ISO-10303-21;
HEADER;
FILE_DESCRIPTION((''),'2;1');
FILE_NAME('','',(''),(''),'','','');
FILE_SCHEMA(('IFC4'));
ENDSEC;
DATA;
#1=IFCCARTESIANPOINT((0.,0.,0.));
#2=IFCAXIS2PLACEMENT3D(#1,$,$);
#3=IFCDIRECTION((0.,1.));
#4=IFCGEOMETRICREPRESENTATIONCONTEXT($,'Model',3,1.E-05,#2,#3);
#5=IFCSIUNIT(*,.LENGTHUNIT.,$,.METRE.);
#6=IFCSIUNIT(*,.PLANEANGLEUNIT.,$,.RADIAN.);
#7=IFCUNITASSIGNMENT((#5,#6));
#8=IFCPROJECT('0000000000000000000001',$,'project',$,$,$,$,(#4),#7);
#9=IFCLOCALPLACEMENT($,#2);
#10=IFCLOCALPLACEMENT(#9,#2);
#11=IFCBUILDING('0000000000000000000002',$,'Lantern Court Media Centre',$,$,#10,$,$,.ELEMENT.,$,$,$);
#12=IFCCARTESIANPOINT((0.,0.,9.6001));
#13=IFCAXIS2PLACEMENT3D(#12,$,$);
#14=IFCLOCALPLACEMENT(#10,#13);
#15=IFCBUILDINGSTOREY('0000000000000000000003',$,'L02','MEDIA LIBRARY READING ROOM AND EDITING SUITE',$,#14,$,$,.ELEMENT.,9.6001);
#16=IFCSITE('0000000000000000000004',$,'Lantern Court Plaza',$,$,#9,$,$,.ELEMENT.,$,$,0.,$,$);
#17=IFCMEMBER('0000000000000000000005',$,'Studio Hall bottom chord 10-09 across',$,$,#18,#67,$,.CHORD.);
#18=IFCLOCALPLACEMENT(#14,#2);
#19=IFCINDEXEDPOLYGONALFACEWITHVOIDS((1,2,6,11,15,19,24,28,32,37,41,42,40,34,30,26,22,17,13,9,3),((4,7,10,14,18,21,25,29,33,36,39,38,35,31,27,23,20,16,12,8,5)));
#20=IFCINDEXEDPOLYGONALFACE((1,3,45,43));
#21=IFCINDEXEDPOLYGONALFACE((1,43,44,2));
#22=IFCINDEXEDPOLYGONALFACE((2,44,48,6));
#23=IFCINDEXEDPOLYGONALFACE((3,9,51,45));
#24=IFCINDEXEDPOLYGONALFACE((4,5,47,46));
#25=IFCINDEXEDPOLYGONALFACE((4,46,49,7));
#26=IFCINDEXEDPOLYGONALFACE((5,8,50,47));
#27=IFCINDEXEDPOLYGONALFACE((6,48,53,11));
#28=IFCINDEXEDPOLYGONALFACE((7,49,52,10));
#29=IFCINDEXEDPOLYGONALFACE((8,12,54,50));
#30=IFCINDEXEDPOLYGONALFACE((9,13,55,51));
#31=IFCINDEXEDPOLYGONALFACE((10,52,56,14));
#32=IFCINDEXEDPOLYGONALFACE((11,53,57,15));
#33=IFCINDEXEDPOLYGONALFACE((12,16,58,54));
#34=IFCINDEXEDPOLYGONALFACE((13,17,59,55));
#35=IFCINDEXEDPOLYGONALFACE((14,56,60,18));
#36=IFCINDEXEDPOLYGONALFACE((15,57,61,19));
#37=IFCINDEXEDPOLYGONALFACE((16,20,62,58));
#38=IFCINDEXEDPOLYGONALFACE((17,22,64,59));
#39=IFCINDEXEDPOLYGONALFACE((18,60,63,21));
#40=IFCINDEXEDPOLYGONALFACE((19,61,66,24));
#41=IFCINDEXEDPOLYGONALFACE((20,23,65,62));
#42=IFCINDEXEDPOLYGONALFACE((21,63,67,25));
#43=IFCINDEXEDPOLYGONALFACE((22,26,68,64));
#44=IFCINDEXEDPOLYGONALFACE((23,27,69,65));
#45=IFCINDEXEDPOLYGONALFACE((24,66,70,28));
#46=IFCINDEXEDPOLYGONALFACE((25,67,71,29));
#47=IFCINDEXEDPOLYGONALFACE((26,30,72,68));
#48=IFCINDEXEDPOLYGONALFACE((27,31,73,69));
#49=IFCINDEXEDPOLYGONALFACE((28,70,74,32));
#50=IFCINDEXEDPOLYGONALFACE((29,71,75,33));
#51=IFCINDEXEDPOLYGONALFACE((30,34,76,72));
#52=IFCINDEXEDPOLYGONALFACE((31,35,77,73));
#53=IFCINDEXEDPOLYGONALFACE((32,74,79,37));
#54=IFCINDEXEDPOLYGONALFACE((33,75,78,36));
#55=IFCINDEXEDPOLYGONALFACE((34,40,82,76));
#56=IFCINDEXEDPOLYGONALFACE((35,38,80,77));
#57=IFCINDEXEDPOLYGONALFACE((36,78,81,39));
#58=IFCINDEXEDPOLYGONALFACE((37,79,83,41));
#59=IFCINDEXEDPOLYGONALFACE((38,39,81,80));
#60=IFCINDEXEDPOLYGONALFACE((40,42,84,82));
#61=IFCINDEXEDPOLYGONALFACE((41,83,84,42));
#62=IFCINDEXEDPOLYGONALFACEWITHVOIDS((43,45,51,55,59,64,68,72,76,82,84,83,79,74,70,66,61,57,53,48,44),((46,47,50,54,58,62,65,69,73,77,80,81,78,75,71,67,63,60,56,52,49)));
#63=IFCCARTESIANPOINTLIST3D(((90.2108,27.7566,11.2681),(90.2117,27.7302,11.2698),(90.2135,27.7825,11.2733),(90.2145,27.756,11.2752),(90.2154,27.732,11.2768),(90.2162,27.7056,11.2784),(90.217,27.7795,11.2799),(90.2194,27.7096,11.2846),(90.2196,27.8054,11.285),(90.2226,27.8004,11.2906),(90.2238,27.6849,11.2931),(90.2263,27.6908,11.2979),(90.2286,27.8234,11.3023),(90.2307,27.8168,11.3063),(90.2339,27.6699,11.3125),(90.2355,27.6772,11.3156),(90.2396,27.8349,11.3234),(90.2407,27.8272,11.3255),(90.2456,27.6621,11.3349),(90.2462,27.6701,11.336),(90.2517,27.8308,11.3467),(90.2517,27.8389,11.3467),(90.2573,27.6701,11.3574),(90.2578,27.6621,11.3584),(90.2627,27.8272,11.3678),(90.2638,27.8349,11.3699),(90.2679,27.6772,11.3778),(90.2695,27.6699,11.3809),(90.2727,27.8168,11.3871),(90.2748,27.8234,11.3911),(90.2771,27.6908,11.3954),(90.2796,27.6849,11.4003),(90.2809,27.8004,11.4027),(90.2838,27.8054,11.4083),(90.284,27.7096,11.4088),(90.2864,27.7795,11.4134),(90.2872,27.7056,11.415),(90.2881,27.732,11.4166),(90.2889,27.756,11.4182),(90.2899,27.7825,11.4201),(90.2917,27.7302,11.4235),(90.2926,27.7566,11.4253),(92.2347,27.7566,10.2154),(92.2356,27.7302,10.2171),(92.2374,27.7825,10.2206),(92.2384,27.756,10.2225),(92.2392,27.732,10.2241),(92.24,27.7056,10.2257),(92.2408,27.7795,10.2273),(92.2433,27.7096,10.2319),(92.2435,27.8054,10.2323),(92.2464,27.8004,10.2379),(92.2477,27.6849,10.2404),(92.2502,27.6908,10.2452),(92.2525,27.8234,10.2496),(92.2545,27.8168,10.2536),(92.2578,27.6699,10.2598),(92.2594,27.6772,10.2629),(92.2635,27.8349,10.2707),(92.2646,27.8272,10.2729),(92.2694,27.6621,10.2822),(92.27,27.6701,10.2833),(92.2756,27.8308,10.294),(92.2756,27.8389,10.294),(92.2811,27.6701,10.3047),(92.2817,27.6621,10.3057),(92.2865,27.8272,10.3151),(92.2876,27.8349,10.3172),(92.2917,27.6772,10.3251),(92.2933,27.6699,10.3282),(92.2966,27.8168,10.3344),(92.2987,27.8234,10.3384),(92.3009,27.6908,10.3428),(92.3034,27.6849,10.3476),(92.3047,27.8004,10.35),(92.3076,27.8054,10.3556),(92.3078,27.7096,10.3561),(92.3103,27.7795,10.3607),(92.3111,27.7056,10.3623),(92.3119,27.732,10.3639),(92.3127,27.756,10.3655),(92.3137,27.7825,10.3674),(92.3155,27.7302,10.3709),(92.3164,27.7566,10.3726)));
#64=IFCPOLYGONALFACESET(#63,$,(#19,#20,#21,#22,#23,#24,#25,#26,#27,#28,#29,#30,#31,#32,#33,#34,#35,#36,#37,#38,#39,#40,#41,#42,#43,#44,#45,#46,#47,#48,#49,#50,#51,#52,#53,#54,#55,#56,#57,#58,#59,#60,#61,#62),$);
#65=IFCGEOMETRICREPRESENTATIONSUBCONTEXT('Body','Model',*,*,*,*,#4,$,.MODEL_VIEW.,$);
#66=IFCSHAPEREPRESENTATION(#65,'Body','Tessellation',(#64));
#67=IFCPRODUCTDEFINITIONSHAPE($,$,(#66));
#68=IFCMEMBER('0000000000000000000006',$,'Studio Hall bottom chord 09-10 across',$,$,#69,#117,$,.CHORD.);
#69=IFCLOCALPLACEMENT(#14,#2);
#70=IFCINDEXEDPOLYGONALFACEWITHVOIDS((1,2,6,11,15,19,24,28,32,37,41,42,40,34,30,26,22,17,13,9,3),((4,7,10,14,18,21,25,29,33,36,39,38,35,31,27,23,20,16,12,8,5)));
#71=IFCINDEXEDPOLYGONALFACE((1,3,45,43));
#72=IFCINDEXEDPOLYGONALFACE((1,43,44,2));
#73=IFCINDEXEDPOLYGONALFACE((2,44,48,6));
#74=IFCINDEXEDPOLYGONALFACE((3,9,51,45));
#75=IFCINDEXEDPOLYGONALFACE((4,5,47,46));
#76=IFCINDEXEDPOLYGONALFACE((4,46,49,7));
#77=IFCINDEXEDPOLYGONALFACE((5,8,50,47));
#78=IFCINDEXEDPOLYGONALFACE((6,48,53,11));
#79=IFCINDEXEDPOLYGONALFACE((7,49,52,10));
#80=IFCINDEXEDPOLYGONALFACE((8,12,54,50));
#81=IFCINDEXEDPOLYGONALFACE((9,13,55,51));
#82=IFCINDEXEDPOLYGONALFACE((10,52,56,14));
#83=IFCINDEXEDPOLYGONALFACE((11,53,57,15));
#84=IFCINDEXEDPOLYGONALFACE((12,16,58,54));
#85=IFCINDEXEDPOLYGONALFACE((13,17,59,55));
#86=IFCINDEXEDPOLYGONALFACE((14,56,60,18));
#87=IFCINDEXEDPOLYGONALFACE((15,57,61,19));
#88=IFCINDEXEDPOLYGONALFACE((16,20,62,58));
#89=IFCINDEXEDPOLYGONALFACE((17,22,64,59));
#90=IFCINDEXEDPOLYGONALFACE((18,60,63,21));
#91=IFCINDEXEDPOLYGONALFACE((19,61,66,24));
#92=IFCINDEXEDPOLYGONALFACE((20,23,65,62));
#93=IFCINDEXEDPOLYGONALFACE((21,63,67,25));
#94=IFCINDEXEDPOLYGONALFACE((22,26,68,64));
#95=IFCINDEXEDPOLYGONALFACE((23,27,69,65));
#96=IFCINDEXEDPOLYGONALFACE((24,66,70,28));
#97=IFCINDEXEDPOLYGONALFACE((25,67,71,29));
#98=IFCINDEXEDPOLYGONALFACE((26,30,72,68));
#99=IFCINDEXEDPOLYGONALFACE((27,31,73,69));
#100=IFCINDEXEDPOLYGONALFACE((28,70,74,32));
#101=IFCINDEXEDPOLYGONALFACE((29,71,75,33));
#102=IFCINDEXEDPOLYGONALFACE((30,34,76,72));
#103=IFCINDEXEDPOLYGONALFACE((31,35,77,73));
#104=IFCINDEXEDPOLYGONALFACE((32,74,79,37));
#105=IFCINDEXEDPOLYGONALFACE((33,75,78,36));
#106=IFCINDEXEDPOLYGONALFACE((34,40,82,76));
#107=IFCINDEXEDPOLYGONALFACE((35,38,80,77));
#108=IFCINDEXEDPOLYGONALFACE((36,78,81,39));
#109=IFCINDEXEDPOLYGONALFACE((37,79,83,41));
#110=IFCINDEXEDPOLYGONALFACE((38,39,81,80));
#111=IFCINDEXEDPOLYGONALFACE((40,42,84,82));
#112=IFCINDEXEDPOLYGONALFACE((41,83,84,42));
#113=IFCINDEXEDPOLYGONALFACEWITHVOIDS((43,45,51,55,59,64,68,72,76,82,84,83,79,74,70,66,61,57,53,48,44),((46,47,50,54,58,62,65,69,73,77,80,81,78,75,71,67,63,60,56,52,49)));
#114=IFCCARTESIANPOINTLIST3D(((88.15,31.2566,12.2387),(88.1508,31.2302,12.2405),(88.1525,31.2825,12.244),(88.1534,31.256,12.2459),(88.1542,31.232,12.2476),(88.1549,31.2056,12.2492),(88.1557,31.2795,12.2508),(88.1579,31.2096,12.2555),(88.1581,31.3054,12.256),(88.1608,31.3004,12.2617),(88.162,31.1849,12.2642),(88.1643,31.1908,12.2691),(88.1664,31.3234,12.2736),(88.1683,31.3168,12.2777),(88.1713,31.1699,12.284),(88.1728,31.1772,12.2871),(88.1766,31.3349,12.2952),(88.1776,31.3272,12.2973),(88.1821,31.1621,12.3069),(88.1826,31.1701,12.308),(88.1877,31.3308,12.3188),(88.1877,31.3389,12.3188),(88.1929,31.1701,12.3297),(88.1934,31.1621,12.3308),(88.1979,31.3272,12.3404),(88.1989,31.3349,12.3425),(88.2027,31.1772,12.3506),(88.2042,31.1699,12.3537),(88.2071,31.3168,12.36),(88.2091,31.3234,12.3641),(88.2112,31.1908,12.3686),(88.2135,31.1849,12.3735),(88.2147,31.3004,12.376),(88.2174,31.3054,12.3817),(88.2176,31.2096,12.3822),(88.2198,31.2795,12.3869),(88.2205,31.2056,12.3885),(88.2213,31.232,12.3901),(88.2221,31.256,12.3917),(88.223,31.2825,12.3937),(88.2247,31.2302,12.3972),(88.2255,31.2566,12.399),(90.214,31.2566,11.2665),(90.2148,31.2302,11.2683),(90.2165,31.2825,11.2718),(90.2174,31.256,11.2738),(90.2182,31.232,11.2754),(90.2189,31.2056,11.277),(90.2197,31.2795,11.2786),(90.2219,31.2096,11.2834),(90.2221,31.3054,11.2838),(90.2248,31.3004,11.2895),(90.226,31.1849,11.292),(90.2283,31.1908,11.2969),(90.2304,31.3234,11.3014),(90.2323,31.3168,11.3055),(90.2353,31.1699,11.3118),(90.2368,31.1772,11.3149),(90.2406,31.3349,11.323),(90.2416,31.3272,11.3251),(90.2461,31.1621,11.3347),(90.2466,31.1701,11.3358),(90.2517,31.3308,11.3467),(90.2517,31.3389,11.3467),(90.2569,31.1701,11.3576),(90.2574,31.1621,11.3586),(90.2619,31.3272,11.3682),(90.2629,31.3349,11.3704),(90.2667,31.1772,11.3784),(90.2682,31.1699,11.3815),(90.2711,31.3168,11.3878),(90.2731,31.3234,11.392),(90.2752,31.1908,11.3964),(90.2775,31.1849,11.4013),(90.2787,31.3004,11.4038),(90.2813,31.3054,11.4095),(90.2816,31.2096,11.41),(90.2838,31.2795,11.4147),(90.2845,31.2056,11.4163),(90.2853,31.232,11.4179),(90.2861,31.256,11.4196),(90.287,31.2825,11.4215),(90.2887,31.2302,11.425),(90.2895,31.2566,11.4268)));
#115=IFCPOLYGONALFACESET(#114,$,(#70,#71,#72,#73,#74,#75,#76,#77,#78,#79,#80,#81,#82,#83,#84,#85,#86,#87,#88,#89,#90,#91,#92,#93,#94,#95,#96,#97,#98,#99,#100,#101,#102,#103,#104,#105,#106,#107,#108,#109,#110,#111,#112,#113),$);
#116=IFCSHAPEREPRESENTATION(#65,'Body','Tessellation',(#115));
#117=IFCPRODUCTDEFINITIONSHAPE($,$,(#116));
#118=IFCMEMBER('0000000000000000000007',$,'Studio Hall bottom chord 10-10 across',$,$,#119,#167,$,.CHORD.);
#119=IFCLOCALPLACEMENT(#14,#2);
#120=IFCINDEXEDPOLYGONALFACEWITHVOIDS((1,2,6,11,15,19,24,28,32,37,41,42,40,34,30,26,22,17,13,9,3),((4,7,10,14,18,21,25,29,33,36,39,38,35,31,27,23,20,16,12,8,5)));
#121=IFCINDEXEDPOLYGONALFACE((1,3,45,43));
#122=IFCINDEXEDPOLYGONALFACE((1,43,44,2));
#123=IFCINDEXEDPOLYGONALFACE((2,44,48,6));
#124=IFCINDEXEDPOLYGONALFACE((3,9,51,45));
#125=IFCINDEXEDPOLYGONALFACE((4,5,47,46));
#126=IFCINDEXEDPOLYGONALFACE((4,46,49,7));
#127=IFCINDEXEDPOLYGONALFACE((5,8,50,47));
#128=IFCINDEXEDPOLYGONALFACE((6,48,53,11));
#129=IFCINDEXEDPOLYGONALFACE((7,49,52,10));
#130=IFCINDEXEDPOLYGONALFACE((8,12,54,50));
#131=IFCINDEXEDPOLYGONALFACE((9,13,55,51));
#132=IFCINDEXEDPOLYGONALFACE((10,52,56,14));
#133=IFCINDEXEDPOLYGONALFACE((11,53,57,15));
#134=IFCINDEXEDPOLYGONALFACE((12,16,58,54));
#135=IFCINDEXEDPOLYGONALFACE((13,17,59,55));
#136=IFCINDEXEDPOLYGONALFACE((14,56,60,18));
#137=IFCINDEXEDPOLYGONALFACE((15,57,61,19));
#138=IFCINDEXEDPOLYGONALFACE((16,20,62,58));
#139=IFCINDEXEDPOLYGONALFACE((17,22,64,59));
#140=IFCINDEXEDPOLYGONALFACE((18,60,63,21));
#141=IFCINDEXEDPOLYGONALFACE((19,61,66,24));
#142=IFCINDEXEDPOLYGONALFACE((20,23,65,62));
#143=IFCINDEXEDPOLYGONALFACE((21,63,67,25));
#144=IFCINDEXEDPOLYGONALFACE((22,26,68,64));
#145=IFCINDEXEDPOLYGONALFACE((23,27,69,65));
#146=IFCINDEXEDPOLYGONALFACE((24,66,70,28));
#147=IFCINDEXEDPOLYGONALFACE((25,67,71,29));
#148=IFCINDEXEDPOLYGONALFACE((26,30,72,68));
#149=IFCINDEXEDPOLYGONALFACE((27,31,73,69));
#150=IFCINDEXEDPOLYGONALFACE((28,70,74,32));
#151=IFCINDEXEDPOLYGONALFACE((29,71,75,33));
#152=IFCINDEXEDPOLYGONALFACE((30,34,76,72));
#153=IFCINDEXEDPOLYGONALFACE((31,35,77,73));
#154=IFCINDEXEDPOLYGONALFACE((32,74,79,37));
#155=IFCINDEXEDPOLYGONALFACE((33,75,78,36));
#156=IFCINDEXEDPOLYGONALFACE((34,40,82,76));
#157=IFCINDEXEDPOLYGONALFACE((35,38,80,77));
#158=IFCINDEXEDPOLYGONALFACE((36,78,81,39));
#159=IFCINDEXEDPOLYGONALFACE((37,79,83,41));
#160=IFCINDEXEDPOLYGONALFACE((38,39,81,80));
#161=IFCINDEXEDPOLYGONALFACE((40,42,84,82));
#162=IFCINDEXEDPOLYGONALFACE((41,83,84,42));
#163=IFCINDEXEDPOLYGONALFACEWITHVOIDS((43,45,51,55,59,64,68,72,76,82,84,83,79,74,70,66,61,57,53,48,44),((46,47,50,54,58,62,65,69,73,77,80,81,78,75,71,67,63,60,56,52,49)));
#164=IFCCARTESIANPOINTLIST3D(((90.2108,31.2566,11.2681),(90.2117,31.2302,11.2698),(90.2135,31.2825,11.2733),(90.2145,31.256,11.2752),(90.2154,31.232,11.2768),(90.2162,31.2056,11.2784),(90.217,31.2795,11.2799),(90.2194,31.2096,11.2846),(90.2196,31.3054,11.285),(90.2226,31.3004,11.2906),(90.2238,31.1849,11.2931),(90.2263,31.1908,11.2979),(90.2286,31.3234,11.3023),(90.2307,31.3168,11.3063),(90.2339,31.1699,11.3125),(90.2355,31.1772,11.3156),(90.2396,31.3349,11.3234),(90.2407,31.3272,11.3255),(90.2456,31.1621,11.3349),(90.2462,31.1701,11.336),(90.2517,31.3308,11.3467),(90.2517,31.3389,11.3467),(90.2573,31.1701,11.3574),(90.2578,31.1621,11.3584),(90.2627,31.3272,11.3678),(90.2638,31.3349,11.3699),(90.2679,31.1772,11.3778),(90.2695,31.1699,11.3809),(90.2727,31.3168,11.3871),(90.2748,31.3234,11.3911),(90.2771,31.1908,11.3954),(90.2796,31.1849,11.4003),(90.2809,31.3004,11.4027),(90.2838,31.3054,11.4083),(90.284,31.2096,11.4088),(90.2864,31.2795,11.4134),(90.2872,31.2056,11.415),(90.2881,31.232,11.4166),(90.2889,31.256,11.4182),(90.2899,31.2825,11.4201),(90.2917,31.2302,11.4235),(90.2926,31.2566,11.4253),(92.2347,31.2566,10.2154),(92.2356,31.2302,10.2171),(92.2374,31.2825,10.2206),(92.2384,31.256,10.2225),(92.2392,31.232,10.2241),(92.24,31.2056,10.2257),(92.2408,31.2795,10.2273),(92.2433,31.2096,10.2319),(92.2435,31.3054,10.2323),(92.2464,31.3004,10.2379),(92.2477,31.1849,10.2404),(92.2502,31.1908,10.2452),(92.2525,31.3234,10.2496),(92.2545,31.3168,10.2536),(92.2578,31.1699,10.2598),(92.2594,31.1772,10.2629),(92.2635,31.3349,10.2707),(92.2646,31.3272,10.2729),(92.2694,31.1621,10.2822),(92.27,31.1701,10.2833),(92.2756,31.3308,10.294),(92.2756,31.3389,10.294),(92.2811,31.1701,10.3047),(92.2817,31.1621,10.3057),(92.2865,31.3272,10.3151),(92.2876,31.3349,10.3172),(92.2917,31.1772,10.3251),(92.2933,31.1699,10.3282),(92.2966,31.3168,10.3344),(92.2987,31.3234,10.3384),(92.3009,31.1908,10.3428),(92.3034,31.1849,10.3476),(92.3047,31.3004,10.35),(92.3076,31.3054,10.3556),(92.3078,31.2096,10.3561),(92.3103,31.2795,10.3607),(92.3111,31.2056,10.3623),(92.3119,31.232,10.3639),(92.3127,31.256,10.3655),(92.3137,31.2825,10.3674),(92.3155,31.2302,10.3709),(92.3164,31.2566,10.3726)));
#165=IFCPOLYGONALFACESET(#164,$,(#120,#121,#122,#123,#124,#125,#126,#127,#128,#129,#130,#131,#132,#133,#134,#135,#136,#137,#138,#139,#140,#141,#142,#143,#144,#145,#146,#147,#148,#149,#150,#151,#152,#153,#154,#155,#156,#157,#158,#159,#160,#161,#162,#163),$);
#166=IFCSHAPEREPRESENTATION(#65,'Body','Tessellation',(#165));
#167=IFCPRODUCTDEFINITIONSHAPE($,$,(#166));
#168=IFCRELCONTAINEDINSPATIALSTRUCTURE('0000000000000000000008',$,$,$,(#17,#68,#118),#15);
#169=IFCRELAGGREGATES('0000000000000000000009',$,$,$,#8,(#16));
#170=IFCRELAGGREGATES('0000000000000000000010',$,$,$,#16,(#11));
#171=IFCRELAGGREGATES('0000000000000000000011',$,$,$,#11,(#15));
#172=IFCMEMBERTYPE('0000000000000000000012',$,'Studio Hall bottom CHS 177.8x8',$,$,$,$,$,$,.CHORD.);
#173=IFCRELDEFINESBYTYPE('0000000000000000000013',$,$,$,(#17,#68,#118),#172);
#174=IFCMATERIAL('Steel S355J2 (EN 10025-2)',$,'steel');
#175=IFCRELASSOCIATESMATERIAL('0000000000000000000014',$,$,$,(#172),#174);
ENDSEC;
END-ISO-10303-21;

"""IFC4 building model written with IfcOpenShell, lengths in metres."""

from ifc_helpers import new_model, si_unit, direction, frame, origin, origin_2d, place, context, subcontext, project, spatial, hollow_circle, extrude, material, material_profile, profile_set, type_object, element, save


model = new_model("IFC4")

# Units and contexts
model_context = context("Model", 3, precision=1e-05, world=origin(), true_north=direction((0.0, 1.0)))
body_context = subcontext(model_context, "Body", "Model", "MODEL_VIEW")
ifc_project = project(units=[si_unit("LENGTHUNIT", "METRE"), si_unit("PLANEANGLEUNIT", "RADIAN")], contexts=[model_context])

# Site, building, storey
site_placement = place(None, origin())
site = spatial("IfcSite", under=ifc_project, at=site_placement, Name="Lantern Court Plaza", CompositionType="ELEMENT", RefElevation=0.0)
building_placement = place(site_placement, origin())
building = spatial("IfcBuilding", under=site, at=building_placement, Name="Lantern Court Media Centre", CompositionType="ELEMENT")
storey_placement = place(building_placement, frame((0.0, 0.0, 9.6001)))
storey = spatial("IfcBuildingStorey", under=building, at=storey_placement, Name="L02", Description="MEDIA LIBRARY READING ROOM AND EDITING SUITE", CompositionType="ELEMENT", Elevation=9.6001)

# Members
ifc_material = material(Name="Steel S355J2 (EN 10025-2)", Category="steel")
ifc_material_profile_1 = material_profile(ifc_material, hollow_circle(Radius=0.0889, WallThickness=0.0081, at=origin_2d()), Name="Studio Hall bottom CHS 177.8x8")
ifc_profile_set_1 = profile_set([ifc_material_profile_1], Name="Steel S355J2 (EN 10025-2)")
member_type_1 = type_object("IfcMemberType", Name="Studio Hall bottom CHS 177.8x8", PredefinedType="CHORD", material=ifc_profile_set_1)
member_1_placement = place(storey_placement, frame((90.2517, 27.75, 11.3467), z_axis=(0.887164, 0.0, -0.461454), x_axis=(0.0, 1.0, 0.0)))
element("IfcMember", 1, at=member_1_placement, inside=storey, type_object=member_type_1, Name="Studio Hall bottom chord 10-09 across", PredefinedType="CHORD", context=body_context, shape_type="SweptSolid", body=[
    extrude(hollow_circle(Radius=0.0889, WallThickness=0.0081, at=origin_2d()), origin(), (0.0, 0.0, 1.0), 2.2812),
])
member_2_placement = place(storey_placement, frame((88.1877, 31.25, 12.3188), z_axis=(0.904668, 0.0, -0.426117), x_axis=(0.0, 1.0, 0.0)))
element("IfcMember", 2, at=member_2_placement, inside=storey, type_object=member_type_1, Name="Studio Hall bottom chord 09-10 across", PredefinedType="CHORD", context=body_context, shape_type="SweptSolid", body=[
    extrude(hollow_circle(Radius=0.0889, WallThickness=0.0081, at=origin_2d()), origin(), (0.0, 0.0, 1.0), 2.2815),
])
member_3_placement = place(storey_placement, frame((90.2517, 31.25, 11.3467), z_axis=(0.887164, 0.0, -0.461454), x_axis=(0.0, 1.0, 0.0)))
element("IfcMember", 3, at=member_3_placement, inside=storey, type_object=member_type_1, Name="Studio Hall bottom chord 10-10 across", PredefinedType="CHORD", context=body_context, shape_type="SweptSolid", body=[
    extrude(hollow_circle(Radius=0.0889, WallThickness=0.0081, at=origin_2d()), origin(), (0.0, 0.0, 1.0), 2.2812),
])

save(model, "model.ifc")
